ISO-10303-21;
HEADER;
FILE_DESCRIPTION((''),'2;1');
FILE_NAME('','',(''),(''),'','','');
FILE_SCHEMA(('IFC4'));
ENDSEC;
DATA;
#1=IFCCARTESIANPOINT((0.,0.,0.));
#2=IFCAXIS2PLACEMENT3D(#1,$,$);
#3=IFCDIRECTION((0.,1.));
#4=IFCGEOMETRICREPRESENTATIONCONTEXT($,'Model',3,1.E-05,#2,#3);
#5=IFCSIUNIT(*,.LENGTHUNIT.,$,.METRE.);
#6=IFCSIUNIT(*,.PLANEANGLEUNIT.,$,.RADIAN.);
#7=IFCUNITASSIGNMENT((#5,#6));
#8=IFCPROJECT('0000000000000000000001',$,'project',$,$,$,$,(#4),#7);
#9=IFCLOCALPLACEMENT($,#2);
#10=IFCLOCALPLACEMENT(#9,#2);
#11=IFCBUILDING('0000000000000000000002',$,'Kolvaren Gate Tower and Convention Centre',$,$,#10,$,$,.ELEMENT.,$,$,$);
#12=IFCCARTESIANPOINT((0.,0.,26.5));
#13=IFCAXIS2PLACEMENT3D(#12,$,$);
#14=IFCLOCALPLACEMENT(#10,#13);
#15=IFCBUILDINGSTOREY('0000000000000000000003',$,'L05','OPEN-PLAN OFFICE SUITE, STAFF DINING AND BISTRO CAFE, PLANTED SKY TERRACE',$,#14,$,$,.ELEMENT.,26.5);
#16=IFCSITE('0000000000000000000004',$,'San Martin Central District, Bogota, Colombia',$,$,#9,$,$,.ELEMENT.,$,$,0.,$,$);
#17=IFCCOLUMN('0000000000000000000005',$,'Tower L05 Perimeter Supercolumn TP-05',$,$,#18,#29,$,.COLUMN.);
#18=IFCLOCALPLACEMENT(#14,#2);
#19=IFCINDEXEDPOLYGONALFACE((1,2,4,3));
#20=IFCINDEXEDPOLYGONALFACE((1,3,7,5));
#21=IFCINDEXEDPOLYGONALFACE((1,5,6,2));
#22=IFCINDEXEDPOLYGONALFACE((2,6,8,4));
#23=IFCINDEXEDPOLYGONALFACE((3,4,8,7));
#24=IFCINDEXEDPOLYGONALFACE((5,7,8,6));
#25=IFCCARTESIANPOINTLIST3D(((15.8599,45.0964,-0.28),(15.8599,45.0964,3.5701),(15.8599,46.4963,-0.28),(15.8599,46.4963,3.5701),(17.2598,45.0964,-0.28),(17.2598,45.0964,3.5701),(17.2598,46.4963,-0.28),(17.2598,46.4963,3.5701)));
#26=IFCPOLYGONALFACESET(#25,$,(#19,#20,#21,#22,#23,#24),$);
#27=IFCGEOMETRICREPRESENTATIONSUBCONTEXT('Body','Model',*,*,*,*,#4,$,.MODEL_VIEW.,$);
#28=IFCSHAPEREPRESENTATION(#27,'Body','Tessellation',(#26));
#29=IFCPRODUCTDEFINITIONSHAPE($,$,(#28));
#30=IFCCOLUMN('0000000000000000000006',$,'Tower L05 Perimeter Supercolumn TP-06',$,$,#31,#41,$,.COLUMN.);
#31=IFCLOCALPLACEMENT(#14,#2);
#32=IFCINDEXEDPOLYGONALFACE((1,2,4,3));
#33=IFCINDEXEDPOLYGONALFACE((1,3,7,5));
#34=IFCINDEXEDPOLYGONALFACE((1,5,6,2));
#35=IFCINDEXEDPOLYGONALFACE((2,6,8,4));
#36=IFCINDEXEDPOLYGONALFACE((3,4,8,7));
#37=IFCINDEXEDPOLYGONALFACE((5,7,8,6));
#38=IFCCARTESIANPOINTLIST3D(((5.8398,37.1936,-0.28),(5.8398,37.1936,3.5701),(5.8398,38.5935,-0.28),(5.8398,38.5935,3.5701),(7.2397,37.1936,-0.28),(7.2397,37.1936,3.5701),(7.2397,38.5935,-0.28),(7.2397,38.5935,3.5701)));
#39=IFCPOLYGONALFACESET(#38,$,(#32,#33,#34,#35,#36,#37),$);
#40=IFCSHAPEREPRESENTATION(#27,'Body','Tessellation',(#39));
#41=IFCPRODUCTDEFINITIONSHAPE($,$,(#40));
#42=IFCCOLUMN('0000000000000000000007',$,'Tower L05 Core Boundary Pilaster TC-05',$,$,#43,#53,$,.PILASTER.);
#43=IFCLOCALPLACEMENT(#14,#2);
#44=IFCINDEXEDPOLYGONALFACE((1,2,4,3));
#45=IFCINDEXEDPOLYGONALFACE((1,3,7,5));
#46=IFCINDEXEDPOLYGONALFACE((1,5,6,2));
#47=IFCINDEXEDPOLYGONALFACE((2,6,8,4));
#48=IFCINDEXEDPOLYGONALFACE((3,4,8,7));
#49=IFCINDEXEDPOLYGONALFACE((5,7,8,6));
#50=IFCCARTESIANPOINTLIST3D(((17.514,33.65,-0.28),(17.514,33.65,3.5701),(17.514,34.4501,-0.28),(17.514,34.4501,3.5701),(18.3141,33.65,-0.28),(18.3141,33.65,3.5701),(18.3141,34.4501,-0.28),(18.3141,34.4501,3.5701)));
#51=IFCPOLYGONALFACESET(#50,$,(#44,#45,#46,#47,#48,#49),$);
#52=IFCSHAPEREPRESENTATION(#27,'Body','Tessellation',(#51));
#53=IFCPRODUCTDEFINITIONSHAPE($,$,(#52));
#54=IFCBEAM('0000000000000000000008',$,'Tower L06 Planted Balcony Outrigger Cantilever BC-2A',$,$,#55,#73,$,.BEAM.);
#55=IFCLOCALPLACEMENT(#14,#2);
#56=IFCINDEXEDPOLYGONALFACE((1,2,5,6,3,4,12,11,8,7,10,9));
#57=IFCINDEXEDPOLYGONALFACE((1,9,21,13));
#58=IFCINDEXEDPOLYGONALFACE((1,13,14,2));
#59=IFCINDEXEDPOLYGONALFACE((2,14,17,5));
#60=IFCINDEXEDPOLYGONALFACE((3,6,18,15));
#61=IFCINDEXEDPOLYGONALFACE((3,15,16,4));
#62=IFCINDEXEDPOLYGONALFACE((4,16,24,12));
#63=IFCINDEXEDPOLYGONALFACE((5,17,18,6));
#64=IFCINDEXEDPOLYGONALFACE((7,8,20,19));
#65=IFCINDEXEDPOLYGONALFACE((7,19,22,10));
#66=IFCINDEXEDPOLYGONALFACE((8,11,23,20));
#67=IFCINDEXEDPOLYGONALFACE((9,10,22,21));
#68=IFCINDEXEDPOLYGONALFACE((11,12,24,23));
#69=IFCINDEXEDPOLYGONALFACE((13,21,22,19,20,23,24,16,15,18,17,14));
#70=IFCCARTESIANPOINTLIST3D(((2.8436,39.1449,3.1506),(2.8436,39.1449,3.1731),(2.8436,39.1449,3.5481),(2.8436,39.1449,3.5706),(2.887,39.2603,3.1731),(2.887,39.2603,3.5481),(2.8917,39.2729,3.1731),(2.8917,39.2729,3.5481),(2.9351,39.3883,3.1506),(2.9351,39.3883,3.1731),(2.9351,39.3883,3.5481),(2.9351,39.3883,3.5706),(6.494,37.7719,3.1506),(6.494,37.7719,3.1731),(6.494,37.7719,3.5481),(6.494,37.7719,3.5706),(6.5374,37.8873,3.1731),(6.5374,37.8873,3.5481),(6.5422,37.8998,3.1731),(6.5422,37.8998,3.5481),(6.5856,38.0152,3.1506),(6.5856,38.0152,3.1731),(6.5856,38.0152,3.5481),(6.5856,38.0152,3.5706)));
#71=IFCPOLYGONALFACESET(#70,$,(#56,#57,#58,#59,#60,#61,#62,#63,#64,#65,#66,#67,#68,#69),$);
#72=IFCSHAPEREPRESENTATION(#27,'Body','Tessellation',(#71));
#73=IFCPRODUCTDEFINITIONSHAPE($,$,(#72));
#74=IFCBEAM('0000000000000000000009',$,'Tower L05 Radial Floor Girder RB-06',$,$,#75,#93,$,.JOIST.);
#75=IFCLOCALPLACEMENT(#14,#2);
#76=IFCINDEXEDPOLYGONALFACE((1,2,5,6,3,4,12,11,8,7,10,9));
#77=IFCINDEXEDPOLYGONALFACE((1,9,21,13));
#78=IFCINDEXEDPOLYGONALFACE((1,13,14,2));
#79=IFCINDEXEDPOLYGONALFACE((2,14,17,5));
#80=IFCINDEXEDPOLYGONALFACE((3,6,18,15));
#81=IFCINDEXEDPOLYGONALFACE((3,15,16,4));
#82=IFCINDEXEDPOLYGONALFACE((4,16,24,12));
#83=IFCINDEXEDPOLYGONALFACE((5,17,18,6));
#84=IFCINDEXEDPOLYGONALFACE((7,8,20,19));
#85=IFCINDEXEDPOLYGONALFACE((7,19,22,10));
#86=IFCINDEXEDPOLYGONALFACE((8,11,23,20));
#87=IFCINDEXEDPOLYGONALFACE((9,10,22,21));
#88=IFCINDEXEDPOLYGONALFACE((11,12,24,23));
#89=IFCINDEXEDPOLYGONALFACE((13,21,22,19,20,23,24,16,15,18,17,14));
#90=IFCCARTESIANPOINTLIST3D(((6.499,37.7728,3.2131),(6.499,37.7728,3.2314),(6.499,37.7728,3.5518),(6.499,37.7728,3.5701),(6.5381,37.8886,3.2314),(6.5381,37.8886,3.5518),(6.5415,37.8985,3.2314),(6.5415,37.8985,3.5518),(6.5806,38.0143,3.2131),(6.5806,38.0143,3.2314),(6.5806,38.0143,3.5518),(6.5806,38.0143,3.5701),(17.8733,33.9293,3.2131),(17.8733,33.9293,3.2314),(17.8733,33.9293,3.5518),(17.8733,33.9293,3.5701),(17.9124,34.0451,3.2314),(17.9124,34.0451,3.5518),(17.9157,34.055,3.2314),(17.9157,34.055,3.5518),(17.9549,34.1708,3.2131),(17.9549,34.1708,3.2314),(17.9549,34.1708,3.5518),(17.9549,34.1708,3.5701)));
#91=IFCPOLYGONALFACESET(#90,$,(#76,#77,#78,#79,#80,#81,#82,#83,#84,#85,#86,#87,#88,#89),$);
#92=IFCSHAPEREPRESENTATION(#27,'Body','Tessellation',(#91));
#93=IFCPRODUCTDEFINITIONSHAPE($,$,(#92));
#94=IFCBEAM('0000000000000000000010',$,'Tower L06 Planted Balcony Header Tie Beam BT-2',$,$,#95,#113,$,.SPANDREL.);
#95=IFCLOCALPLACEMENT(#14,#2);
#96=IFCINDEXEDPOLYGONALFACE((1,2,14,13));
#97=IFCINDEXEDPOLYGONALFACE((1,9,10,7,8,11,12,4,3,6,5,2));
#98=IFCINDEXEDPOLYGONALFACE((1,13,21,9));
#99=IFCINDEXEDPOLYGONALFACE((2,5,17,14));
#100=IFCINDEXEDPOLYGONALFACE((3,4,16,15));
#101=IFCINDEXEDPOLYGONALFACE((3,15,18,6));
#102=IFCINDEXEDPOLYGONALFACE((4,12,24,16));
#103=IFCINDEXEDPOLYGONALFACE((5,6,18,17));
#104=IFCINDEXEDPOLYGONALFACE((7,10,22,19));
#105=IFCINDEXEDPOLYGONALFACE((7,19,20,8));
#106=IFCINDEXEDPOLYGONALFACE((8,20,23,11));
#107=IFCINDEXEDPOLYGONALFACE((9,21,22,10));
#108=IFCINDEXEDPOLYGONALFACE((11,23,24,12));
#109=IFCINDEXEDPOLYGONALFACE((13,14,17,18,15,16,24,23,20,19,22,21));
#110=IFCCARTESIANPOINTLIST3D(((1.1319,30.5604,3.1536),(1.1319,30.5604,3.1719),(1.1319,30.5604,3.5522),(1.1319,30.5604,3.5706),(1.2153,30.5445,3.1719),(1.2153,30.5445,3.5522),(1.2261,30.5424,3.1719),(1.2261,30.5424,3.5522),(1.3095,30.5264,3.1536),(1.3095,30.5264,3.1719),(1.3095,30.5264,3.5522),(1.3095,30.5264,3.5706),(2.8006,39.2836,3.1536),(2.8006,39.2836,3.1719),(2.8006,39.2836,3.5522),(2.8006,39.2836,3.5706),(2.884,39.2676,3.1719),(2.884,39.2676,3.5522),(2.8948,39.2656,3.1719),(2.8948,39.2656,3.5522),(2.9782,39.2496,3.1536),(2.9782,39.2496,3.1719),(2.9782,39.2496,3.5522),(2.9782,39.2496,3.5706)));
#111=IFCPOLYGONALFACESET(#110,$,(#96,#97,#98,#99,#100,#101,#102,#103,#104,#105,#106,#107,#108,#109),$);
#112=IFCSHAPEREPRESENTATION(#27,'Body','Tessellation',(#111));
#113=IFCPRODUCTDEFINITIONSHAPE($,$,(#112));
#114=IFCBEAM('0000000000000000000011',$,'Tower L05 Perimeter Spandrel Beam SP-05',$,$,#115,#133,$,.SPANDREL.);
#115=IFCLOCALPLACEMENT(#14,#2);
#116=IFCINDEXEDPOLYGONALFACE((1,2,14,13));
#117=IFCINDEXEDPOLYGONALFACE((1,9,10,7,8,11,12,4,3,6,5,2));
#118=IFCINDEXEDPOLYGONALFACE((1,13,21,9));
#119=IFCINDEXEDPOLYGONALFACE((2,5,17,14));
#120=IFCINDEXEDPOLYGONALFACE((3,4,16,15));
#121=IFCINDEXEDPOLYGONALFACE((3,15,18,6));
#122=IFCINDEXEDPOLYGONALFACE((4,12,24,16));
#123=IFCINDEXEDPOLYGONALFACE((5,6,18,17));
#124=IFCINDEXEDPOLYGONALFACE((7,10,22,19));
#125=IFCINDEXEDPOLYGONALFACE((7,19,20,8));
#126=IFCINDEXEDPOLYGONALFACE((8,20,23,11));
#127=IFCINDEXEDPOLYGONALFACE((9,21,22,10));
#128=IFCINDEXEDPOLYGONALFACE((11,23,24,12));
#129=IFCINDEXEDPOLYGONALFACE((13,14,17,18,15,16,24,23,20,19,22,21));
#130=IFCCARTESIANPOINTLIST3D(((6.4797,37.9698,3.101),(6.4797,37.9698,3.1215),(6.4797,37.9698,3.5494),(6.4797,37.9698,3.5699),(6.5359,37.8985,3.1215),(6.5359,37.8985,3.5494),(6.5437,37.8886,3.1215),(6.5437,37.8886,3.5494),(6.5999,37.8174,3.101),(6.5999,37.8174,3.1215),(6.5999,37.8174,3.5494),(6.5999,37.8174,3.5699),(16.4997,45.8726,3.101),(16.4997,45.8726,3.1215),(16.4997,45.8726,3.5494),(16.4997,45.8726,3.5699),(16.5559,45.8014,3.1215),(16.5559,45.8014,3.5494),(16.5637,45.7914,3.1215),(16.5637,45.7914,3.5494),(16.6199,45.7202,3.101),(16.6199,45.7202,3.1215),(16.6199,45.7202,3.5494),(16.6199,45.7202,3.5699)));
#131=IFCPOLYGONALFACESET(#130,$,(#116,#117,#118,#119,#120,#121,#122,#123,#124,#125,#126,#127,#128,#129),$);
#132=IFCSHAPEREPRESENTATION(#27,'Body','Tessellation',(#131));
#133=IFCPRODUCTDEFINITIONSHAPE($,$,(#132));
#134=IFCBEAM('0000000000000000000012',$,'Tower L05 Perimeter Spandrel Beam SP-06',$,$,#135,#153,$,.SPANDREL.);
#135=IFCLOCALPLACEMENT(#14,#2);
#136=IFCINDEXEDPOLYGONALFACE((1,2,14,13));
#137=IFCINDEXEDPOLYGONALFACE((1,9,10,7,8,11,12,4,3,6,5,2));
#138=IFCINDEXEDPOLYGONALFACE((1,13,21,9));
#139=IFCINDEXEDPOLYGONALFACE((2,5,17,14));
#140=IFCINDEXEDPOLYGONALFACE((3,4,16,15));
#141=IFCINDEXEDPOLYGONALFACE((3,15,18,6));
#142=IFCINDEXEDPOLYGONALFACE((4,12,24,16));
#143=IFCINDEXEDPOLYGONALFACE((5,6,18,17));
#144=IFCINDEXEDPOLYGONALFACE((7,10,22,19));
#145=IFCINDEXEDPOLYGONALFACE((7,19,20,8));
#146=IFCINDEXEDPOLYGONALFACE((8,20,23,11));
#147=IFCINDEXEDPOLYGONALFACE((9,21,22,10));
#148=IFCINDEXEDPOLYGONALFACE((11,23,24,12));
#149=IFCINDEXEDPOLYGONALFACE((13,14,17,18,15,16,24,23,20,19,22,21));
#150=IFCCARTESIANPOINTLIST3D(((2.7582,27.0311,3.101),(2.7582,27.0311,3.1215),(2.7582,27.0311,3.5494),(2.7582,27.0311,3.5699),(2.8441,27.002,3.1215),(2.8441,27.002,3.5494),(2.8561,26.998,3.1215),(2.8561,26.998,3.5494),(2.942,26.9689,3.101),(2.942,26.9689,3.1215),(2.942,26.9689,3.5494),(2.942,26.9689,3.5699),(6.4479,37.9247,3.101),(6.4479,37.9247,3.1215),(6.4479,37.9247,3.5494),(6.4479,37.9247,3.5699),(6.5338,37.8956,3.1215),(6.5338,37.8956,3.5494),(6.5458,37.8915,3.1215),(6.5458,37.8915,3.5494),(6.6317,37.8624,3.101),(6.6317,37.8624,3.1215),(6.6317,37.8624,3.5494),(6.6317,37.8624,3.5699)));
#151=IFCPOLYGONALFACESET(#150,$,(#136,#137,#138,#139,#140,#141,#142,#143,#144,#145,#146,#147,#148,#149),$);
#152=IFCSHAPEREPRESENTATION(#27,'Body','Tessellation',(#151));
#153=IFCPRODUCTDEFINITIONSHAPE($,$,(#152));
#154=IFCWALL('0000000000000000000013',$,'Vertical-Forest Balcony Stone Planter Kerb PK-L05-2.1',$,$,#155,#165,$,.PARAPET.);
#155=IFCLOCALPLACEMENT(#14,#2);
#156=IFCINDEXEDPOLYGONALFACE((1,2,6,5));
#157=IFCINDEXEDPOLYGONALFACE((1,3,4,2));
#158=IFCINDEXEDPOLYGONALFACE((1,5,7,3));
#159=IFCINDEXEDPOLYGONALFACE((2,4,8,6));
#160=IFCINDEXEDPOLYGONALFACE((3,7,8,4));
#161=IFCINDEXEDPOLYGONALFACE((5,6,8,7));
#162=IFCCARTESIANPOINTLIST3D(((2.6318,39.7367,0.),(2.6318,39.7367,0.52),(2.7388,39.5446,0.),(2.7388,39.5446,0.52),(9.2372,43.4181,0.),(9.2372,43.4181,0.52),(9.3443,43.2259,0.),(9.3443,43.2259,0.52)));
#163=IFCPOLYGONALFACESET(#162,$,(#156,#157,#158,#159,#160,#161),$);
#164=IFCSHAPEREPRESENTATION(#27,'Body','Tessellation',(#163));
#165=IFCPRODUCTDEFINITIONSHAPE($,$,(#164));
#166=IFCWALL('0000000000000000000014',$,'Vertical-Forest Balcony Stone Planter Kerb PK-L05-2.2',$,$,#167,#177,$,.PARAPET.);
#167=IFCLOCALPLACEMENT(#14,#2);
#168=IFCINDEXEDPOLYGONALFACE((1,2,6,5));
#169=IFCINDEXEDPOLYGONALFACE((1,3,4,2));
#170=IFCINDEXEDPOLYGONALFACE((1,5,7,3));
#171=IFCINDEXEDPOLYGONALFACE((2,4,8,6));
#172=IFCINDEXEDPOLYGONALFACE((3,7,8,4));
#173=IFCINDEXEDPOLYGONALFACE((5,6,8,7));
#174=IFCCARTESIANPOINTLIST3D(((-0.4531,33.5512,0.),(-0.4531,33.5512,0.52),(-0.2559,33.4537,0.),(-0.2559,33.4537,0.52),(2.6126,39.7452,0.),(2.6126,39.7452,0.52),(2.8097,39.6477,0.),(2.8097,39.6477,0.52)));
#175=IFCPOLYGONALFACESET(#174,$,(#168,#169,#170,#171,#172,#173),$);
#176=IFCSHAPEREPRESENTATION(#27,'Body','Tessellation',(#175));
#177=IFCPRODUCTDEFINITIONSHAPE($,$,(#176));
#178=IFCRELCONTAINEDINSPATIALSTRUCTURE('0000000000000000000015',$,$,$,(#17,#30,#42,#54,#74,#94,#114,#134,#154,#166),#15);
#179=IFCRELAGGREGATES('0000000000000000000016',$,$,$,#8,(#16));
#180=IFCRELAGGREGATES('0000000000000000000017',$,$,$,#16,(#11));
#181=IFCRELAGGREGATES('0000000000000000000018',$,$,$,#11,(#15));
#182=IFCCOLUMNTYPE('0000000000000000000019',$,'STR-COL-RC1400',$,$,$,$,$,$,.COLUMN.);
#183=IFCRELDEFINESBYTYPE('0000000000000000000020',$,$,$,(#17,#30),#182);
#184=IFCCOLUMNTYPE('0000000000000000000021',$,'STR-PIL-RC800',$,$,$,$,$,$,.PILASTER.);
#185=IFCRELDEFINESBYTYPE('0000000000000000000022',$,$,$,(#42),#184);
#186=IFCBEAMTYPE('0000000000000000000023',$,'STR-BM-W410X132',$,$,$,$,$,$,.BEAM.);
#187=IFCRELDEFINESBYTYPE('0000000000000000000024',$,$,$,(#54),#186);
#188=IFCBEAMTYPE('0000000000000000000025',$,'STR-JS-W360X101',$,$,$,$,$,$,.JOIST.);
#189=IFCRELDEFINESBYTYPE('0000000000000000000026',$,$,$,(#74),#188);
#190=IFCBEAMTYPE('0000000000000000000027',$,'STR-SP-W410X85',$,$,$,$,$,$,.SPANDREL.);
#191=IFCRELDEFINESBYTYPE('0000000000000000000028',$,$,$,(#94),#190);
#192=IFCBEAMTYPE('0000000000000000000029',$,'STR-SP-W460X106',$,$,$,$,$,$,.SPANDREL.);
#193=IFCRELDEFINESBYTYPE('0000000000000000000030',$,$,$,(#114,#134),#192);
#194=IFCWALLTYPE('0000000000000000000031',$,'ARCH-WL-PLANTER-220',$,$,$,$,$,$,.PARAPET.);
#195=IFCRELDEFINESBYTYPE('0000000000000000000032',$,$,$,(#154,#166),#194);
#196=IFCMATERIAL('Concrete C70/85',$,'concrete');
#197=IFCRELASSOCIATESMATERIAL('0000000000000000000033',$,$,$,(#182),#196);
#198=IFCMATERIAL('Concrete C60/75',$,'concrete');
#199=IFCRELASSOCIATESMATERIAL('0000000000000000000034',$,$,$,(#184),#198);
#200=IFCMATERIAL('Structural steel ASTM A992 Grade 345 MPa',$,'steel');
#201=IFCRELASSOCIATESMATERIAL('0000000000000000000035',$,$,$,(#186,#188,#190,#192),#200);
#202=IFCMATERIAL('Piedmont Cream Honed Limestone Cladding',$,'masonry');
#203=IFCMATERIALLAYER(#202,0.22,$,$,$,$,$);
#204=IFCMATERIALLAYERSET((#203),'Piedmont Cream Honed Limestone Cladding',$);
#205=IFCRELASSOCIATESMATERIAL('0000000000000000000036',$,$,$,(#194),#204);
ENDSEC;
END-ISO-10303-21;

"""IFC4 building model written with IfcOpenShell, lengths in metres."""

from ifc_helpers import new_model, si_unit, direction, frame, frame_2d, origin, origin_2d, place, context, subcontext, project, spatial, rectangle, i_section, extrude, material, layer, layer_set, material_profile, profile_set, type_object, element, save


model = new_model("IFC4")

# Units and contexts
model_context = context("Model", 3, precision=1e-05, world=origin(), true_north=direction((0.0, 1.0)))
body_context = subcontext(model_context, "Body", "Model", "MODEL_VIEW")
ifc_project = project(units=[si_unit("LENGTHUNIT", "METRE"), si_unit("PLANEANGLEUNIT", "RADIAN")], contexts=[model_context])

# Site, building, storey
site_placement = place(None, origin())
site = spatial("IfcSite", under=ifc_project, at=site_placement, Name="San Martin Central District, Bogota, Colombia", CompositionType="ELEMENT", RefElevation=0.0)
building_placement = place(site_placement, origin())
building = spatial("IfcBuilding", under=site, at=building_placement, Name="Kolvaren Gate Tower and Convention Centre", CompositionType="ELEMENT")
storey_placement = place(building_placement, frame((0.0, 0.0, 26.5)))
storey = spatial("IfcBuildingStorey", under=building, at=storey_placement, Name="L05", Description="OPEN-PLAN OFFICE SUITE, STAFF DINING AND BISTRO CAFE, PLANTED SKY TERRACE", CompositionType="ELEMENT", Elevation=26.5)

# Columns
ifc_material_1 = material(Name="Concrete C70/85", Category="concrete")
ifc_material_profile_1 = material_profile(ifc_material_1, rectangle(XDim=1.3999, YDim=1.3999, at=origin_2d()), Name="RC-COL-1400X1400")
ifc_profile_set_1 = profile_set([ifc_material_profile_1], Name="Concrete C70/85")
column_type_1 = type_object("IfcColumnType", Name="STR-COL-RC1400", PredefinedType="COLUMN", material=ifc_profile_set_1)
for number, where, z_axis, x_axis, name in (
    (1, (16.5598, 45.7964, -0.28), (0.0, 0.0, 1.0), (1.0, 0.0, 0.0), "Tower L05 Perimeter Supercolumn TP-05"),
    (2, (6.5398, 37.8936, -0.28), (0.0, 0.0, 1.0), (1.0, 0.0, 0.0), "Tower L05 Perimeter Supercolumn TP-06"),
):
    element("IfcColumn", number, at=place(storey_placement, frame(where, z_axis=z_axis, x_axis=x_axis)), inside=storey, type_object=column_type_1, Name=name, PredefinedType="COLUMN", context=body_context, shape_type="SweptSolid", body=[
        extrude(rectangle(XDim=1.3999, YDim=1.3999, at=origin_2d()), origin(), (0.0, 0.0, 1.0), 3.8501),
    ])
ifc_material_2 = material(Name="Concrete C60/75", Category="concrete")
ifc_material_profile_2 = material_profile(ifc_material_2, rectangle(XDim=0.8, YDim=0.8, at=origin_2d()), Name="RC-COL-800X800")
ifc_profile_set_2 = profile_set([ifc_material_profile_2], Name="Concrete C60/75")
column_type_2 = type_object("IfcColumnType", Name="STR-PIL-RC800", PredefinedType="PILASTER", material=ifc_profile_set_2)
column_placement = place(storey_placement, frame((17.9141, 34.05, -0.28), z_axis=(0.0, 0.0, 1.0), x_axis=(1.0, 0.0, 0.0)))
element("IfcColumn", 3, at=column_placement, inside=storey, type_object=column_type_2, Name="Tower L05 Core Boundary Pilaster TC-05", PredefinedType="PILASTER", context=body_context, shape_type="SweptSolid", body=[
    extrude(rectangle(XDim=0.8, YDim=0.8, at=origin_2d()), origin(), (0.0, 0.0, 1.0), 3.8501),
])

# Beams
ifc_material_3 = material(Name="Structural steel ASTM A992 Grade 345 MPa", Category="steel")
ifc_material_profile_3 = material_profile(ifc_material_3, i_section(OverallWidth=0.26, OverallDepth=0.4199, WebThickness=0.0134, FlangeThickness=0.0225, at=origin_2d()), Name="W410X132")
ifc_profile_set_3 = profile_set([ifc_material_profile_3], Name="Structural steel ASTM A992 Grade 345 MPa")
beam_type_1 = type_object("IfcBeamType", Name="STR-BM-W410X132", PredefinedType="BEAM", material=ifc_profile_set_3)
beam_1_placement = place(storey_placement, frame((6.5398, 37.8936, 3.3606), z_axis=(-0.935979, 0.352056, 0.0), x_axis=(-0.352056, -0.935979, 0.0)))
element("IfcBeam", 4, at=beam_1_placement, inside=storey, type_object=beam_type_1, Name="Tower L06 Planted Balcony Outrigger Cantilever BC-2A", PredefinedType="BEAM", context=body_context, shape_type="SweptSolid", body=[
    extrude(i_section(OverallWidth=0.26, OverallDepth=0.4199, WebThickness=0.0134, FlangeThickness=0.0225, at=origin_2d()), origin(), (0.0, 0.0, 1.0), 3.9001),
])
ifc_material_profile_4 = material_profile(ifc_material_3, i_section(OverallWidth=0.2549, OverallDepth=0.3569, WebThickness=0.0105, FlangeThickness=0.0183, at=origin_2d()), Name="W360X101")
ifc_profile_set_4 = profile_set([ifc_material_profile_4], Name="Structural steel ASTM A992 Grade 345 MPa")
beam_type_2 = type_object("IfcBeamType", Name="STR-JS-W360X101", PredefinedType="JOIST", material=ifc_profile_set_4)
beam_2_placement = place(storey_placement, frame((17.9141, 34.05, 3.3916), z_axis=(-0.947374, 0.320129, 0.0), x_axis=(-0.320129, -0.947374, 0.0)))
element("IfcBeam", 5, at=beam_2_placement, inside=storey, type_object=beam_type_2, Name="Tower L05 Radial Floor Girder RB-06", PredefinedType="JOIST", context=body_context, shape_type="SweptSolid", body=[
    extrude(i_section(OverallWidth=0.2549, OverallDepth=0.3569, WebThickness=0.0105, FlangeThickness=0.0183, at=origin_2d()), origin(), (0.0, 0.0, 1.0), 12.0061),
])
ifc_material_profile_5 = material_profile(ifc_material_3, i_section(OverallWidth=0.1809, OverallDepth=0.417, WebThickness=0.011, FlangeThickness=0.0183, at=origin_2d()), Name="W410X85")
ifc_profile_set_5 = profile_set([ifc_material_profile_5], Name="Structural steel ASTM A992 Grade 345 MPa")
beam_type_3 = type_object("IfcBeamType", Name="STR-SP-W410X85", PredefinedType="SPANDREL", material=ifc_profile_set_5)
beam_3_placement = place(storey_placement, frame((2.8894, 39.2666, 3.3621), z_axis=(-0.187889, -0.98219, 0.0), x_axis=(0.98219, -0.187889, 0.0)))
element("IfcBeam", 6, at=beam_3_placement, inside=storey, type_object=beam_type_3, Name="Tower L06 Planted Balcony Header Tie Beam BT-2", PredefinedType="SPANDREL", context=body_context, shape_type="SweptSolid", body=[
    extrude(i_section(OverallWidth=0.1809, OverallDepth=0.417, WebThickness=0.011, FlangeThickness=0.0183, at=origin_2d()), origin(), (0.0, 0.0, 1.0), 8.8813),
])
ifc_material_profile_6 = material_profile(ifc_material_3, i_section(OverallWidth=0.1941, OverallDepth=0.469, WebThickness=0.0127, FlangeThickness=0.0205, at=origin_2d()), Name="W460X106")
ifc_profile_set_6 = profile_set([ifc_material_profile_6], Name="Structural steel ASTM A992 Grade 345 MPa")
beam_type_4 = type_object("IfcBeamType", Name="STR-SP-W460X106", PredefinedType="SPANDREL", material=ifc_profile_set_6)
beam_4_placement = place(storey_placement, frame((16.5598, 45.7964, 3.3354), z_axis=(-0.785176, -0.619272, 0.0), x_axis=(0.619272, -0.785176, 0.0)))
element("IfcBeam", 7, at=beam_4_placement, inside=storey, type_object=beam_type_4, Name="Tower L05 Perimeter Spandrel Beam SP-05", PredefinedType="SPANDREL", context=body_context, shape_type="SweptSolid", body=[
    extrude(i_section(OverallWidth=0.1941, OverallDepth=0.469, WebThickness=0.0127, FlangeThickness=0.0205, at=origin_2d()), origin(), (0.0, 0.0, 1.0), 12.7615),
])
beam_5_placement = place(storey_placement, frame((6.5398, 37.8936, 3.3354), z_axis=(-0.320803, -0.947146, 0.0), x_axis=(0.947146, -0.320803, 0.0)))
element("IfcBeam", 8, at=beam_5_placement, inside=storey, type_object=beam_type_4, Name="Tower L05 Perimeter Spandrel Beam SP-06", PredefinedType="SPANDREL", context=body_context, shape_type="SweptSolid", body=[
    extrude(i_section(OverallWidth=0.1941, OverallDepth=0.469, WebThickness=0.0127, FlangeThickness=0.0205, at=origin_2d()), origin(), (0.0, 0.0, 1.0), 11.5015),
])

# Walls
ifc_material_4 = material(Name="Piedmont Cream Honed Limestone Cladding", Category="masonry")
ifc_layer_1 = layer(ifc_material_4, 0.22)
ifc_layer_set_1 = layer_set([ifc_layer_1], Name="Piedmont Cream Honed Limestone Cladding")
wall_type_1 = type_object("IfcWallType", Name="ARCH-WL-PLANTER-220", PredefinedType="PARAPET", material=ifc_layer_set_1)
wall_1_placement = place(storey_placement, frame((2.6853, 39.6406, 0.0), z_axis=(0.0, 0.0, 1.0), x_axis=(0.8735, 0.486824, 0.0)))
element("IfcWall", 9, at=wall_1_placement, inside=storey, type_object=wall_type_1, Name="Vertical-Forest Balcony Stone Planter Kerb PK-L05-2.1", PredefinedType="PARAPET", context=body_context, shape_type="SweptSolid", body=[
    extrude(rectangle(XDim=7.562, YDim=0.22, at=frame_2d((3.781, 0.0))), origin(), (0.0, 0.0, 1.0), 0.52),
])
wall_2_placement = place(storey_placement, frame((-0.3545, 33.5024, 0.0), z_axis=(0.0, 0.0, 1.0), x_axis=(0.443578, 0.896236, 0.0)))
element("IfcWall", 10, at=wall_2_placement, inside=storey, type_object=wall_type_1, Name="Vertical-Forest Balcony Stone Planter Kerb PK-L05-2.2", PredefinedType="PARAPET", context=body_context, shape_type="SweptSolid", body=[
    extrude(rectangle(XDim=6.9111, YDim=0.22, at=frame_2d((3.4556, 0.0))), origin(), (0.0, 0.0, 1.0), 0.52),
])

save(model, "model.ifc")
